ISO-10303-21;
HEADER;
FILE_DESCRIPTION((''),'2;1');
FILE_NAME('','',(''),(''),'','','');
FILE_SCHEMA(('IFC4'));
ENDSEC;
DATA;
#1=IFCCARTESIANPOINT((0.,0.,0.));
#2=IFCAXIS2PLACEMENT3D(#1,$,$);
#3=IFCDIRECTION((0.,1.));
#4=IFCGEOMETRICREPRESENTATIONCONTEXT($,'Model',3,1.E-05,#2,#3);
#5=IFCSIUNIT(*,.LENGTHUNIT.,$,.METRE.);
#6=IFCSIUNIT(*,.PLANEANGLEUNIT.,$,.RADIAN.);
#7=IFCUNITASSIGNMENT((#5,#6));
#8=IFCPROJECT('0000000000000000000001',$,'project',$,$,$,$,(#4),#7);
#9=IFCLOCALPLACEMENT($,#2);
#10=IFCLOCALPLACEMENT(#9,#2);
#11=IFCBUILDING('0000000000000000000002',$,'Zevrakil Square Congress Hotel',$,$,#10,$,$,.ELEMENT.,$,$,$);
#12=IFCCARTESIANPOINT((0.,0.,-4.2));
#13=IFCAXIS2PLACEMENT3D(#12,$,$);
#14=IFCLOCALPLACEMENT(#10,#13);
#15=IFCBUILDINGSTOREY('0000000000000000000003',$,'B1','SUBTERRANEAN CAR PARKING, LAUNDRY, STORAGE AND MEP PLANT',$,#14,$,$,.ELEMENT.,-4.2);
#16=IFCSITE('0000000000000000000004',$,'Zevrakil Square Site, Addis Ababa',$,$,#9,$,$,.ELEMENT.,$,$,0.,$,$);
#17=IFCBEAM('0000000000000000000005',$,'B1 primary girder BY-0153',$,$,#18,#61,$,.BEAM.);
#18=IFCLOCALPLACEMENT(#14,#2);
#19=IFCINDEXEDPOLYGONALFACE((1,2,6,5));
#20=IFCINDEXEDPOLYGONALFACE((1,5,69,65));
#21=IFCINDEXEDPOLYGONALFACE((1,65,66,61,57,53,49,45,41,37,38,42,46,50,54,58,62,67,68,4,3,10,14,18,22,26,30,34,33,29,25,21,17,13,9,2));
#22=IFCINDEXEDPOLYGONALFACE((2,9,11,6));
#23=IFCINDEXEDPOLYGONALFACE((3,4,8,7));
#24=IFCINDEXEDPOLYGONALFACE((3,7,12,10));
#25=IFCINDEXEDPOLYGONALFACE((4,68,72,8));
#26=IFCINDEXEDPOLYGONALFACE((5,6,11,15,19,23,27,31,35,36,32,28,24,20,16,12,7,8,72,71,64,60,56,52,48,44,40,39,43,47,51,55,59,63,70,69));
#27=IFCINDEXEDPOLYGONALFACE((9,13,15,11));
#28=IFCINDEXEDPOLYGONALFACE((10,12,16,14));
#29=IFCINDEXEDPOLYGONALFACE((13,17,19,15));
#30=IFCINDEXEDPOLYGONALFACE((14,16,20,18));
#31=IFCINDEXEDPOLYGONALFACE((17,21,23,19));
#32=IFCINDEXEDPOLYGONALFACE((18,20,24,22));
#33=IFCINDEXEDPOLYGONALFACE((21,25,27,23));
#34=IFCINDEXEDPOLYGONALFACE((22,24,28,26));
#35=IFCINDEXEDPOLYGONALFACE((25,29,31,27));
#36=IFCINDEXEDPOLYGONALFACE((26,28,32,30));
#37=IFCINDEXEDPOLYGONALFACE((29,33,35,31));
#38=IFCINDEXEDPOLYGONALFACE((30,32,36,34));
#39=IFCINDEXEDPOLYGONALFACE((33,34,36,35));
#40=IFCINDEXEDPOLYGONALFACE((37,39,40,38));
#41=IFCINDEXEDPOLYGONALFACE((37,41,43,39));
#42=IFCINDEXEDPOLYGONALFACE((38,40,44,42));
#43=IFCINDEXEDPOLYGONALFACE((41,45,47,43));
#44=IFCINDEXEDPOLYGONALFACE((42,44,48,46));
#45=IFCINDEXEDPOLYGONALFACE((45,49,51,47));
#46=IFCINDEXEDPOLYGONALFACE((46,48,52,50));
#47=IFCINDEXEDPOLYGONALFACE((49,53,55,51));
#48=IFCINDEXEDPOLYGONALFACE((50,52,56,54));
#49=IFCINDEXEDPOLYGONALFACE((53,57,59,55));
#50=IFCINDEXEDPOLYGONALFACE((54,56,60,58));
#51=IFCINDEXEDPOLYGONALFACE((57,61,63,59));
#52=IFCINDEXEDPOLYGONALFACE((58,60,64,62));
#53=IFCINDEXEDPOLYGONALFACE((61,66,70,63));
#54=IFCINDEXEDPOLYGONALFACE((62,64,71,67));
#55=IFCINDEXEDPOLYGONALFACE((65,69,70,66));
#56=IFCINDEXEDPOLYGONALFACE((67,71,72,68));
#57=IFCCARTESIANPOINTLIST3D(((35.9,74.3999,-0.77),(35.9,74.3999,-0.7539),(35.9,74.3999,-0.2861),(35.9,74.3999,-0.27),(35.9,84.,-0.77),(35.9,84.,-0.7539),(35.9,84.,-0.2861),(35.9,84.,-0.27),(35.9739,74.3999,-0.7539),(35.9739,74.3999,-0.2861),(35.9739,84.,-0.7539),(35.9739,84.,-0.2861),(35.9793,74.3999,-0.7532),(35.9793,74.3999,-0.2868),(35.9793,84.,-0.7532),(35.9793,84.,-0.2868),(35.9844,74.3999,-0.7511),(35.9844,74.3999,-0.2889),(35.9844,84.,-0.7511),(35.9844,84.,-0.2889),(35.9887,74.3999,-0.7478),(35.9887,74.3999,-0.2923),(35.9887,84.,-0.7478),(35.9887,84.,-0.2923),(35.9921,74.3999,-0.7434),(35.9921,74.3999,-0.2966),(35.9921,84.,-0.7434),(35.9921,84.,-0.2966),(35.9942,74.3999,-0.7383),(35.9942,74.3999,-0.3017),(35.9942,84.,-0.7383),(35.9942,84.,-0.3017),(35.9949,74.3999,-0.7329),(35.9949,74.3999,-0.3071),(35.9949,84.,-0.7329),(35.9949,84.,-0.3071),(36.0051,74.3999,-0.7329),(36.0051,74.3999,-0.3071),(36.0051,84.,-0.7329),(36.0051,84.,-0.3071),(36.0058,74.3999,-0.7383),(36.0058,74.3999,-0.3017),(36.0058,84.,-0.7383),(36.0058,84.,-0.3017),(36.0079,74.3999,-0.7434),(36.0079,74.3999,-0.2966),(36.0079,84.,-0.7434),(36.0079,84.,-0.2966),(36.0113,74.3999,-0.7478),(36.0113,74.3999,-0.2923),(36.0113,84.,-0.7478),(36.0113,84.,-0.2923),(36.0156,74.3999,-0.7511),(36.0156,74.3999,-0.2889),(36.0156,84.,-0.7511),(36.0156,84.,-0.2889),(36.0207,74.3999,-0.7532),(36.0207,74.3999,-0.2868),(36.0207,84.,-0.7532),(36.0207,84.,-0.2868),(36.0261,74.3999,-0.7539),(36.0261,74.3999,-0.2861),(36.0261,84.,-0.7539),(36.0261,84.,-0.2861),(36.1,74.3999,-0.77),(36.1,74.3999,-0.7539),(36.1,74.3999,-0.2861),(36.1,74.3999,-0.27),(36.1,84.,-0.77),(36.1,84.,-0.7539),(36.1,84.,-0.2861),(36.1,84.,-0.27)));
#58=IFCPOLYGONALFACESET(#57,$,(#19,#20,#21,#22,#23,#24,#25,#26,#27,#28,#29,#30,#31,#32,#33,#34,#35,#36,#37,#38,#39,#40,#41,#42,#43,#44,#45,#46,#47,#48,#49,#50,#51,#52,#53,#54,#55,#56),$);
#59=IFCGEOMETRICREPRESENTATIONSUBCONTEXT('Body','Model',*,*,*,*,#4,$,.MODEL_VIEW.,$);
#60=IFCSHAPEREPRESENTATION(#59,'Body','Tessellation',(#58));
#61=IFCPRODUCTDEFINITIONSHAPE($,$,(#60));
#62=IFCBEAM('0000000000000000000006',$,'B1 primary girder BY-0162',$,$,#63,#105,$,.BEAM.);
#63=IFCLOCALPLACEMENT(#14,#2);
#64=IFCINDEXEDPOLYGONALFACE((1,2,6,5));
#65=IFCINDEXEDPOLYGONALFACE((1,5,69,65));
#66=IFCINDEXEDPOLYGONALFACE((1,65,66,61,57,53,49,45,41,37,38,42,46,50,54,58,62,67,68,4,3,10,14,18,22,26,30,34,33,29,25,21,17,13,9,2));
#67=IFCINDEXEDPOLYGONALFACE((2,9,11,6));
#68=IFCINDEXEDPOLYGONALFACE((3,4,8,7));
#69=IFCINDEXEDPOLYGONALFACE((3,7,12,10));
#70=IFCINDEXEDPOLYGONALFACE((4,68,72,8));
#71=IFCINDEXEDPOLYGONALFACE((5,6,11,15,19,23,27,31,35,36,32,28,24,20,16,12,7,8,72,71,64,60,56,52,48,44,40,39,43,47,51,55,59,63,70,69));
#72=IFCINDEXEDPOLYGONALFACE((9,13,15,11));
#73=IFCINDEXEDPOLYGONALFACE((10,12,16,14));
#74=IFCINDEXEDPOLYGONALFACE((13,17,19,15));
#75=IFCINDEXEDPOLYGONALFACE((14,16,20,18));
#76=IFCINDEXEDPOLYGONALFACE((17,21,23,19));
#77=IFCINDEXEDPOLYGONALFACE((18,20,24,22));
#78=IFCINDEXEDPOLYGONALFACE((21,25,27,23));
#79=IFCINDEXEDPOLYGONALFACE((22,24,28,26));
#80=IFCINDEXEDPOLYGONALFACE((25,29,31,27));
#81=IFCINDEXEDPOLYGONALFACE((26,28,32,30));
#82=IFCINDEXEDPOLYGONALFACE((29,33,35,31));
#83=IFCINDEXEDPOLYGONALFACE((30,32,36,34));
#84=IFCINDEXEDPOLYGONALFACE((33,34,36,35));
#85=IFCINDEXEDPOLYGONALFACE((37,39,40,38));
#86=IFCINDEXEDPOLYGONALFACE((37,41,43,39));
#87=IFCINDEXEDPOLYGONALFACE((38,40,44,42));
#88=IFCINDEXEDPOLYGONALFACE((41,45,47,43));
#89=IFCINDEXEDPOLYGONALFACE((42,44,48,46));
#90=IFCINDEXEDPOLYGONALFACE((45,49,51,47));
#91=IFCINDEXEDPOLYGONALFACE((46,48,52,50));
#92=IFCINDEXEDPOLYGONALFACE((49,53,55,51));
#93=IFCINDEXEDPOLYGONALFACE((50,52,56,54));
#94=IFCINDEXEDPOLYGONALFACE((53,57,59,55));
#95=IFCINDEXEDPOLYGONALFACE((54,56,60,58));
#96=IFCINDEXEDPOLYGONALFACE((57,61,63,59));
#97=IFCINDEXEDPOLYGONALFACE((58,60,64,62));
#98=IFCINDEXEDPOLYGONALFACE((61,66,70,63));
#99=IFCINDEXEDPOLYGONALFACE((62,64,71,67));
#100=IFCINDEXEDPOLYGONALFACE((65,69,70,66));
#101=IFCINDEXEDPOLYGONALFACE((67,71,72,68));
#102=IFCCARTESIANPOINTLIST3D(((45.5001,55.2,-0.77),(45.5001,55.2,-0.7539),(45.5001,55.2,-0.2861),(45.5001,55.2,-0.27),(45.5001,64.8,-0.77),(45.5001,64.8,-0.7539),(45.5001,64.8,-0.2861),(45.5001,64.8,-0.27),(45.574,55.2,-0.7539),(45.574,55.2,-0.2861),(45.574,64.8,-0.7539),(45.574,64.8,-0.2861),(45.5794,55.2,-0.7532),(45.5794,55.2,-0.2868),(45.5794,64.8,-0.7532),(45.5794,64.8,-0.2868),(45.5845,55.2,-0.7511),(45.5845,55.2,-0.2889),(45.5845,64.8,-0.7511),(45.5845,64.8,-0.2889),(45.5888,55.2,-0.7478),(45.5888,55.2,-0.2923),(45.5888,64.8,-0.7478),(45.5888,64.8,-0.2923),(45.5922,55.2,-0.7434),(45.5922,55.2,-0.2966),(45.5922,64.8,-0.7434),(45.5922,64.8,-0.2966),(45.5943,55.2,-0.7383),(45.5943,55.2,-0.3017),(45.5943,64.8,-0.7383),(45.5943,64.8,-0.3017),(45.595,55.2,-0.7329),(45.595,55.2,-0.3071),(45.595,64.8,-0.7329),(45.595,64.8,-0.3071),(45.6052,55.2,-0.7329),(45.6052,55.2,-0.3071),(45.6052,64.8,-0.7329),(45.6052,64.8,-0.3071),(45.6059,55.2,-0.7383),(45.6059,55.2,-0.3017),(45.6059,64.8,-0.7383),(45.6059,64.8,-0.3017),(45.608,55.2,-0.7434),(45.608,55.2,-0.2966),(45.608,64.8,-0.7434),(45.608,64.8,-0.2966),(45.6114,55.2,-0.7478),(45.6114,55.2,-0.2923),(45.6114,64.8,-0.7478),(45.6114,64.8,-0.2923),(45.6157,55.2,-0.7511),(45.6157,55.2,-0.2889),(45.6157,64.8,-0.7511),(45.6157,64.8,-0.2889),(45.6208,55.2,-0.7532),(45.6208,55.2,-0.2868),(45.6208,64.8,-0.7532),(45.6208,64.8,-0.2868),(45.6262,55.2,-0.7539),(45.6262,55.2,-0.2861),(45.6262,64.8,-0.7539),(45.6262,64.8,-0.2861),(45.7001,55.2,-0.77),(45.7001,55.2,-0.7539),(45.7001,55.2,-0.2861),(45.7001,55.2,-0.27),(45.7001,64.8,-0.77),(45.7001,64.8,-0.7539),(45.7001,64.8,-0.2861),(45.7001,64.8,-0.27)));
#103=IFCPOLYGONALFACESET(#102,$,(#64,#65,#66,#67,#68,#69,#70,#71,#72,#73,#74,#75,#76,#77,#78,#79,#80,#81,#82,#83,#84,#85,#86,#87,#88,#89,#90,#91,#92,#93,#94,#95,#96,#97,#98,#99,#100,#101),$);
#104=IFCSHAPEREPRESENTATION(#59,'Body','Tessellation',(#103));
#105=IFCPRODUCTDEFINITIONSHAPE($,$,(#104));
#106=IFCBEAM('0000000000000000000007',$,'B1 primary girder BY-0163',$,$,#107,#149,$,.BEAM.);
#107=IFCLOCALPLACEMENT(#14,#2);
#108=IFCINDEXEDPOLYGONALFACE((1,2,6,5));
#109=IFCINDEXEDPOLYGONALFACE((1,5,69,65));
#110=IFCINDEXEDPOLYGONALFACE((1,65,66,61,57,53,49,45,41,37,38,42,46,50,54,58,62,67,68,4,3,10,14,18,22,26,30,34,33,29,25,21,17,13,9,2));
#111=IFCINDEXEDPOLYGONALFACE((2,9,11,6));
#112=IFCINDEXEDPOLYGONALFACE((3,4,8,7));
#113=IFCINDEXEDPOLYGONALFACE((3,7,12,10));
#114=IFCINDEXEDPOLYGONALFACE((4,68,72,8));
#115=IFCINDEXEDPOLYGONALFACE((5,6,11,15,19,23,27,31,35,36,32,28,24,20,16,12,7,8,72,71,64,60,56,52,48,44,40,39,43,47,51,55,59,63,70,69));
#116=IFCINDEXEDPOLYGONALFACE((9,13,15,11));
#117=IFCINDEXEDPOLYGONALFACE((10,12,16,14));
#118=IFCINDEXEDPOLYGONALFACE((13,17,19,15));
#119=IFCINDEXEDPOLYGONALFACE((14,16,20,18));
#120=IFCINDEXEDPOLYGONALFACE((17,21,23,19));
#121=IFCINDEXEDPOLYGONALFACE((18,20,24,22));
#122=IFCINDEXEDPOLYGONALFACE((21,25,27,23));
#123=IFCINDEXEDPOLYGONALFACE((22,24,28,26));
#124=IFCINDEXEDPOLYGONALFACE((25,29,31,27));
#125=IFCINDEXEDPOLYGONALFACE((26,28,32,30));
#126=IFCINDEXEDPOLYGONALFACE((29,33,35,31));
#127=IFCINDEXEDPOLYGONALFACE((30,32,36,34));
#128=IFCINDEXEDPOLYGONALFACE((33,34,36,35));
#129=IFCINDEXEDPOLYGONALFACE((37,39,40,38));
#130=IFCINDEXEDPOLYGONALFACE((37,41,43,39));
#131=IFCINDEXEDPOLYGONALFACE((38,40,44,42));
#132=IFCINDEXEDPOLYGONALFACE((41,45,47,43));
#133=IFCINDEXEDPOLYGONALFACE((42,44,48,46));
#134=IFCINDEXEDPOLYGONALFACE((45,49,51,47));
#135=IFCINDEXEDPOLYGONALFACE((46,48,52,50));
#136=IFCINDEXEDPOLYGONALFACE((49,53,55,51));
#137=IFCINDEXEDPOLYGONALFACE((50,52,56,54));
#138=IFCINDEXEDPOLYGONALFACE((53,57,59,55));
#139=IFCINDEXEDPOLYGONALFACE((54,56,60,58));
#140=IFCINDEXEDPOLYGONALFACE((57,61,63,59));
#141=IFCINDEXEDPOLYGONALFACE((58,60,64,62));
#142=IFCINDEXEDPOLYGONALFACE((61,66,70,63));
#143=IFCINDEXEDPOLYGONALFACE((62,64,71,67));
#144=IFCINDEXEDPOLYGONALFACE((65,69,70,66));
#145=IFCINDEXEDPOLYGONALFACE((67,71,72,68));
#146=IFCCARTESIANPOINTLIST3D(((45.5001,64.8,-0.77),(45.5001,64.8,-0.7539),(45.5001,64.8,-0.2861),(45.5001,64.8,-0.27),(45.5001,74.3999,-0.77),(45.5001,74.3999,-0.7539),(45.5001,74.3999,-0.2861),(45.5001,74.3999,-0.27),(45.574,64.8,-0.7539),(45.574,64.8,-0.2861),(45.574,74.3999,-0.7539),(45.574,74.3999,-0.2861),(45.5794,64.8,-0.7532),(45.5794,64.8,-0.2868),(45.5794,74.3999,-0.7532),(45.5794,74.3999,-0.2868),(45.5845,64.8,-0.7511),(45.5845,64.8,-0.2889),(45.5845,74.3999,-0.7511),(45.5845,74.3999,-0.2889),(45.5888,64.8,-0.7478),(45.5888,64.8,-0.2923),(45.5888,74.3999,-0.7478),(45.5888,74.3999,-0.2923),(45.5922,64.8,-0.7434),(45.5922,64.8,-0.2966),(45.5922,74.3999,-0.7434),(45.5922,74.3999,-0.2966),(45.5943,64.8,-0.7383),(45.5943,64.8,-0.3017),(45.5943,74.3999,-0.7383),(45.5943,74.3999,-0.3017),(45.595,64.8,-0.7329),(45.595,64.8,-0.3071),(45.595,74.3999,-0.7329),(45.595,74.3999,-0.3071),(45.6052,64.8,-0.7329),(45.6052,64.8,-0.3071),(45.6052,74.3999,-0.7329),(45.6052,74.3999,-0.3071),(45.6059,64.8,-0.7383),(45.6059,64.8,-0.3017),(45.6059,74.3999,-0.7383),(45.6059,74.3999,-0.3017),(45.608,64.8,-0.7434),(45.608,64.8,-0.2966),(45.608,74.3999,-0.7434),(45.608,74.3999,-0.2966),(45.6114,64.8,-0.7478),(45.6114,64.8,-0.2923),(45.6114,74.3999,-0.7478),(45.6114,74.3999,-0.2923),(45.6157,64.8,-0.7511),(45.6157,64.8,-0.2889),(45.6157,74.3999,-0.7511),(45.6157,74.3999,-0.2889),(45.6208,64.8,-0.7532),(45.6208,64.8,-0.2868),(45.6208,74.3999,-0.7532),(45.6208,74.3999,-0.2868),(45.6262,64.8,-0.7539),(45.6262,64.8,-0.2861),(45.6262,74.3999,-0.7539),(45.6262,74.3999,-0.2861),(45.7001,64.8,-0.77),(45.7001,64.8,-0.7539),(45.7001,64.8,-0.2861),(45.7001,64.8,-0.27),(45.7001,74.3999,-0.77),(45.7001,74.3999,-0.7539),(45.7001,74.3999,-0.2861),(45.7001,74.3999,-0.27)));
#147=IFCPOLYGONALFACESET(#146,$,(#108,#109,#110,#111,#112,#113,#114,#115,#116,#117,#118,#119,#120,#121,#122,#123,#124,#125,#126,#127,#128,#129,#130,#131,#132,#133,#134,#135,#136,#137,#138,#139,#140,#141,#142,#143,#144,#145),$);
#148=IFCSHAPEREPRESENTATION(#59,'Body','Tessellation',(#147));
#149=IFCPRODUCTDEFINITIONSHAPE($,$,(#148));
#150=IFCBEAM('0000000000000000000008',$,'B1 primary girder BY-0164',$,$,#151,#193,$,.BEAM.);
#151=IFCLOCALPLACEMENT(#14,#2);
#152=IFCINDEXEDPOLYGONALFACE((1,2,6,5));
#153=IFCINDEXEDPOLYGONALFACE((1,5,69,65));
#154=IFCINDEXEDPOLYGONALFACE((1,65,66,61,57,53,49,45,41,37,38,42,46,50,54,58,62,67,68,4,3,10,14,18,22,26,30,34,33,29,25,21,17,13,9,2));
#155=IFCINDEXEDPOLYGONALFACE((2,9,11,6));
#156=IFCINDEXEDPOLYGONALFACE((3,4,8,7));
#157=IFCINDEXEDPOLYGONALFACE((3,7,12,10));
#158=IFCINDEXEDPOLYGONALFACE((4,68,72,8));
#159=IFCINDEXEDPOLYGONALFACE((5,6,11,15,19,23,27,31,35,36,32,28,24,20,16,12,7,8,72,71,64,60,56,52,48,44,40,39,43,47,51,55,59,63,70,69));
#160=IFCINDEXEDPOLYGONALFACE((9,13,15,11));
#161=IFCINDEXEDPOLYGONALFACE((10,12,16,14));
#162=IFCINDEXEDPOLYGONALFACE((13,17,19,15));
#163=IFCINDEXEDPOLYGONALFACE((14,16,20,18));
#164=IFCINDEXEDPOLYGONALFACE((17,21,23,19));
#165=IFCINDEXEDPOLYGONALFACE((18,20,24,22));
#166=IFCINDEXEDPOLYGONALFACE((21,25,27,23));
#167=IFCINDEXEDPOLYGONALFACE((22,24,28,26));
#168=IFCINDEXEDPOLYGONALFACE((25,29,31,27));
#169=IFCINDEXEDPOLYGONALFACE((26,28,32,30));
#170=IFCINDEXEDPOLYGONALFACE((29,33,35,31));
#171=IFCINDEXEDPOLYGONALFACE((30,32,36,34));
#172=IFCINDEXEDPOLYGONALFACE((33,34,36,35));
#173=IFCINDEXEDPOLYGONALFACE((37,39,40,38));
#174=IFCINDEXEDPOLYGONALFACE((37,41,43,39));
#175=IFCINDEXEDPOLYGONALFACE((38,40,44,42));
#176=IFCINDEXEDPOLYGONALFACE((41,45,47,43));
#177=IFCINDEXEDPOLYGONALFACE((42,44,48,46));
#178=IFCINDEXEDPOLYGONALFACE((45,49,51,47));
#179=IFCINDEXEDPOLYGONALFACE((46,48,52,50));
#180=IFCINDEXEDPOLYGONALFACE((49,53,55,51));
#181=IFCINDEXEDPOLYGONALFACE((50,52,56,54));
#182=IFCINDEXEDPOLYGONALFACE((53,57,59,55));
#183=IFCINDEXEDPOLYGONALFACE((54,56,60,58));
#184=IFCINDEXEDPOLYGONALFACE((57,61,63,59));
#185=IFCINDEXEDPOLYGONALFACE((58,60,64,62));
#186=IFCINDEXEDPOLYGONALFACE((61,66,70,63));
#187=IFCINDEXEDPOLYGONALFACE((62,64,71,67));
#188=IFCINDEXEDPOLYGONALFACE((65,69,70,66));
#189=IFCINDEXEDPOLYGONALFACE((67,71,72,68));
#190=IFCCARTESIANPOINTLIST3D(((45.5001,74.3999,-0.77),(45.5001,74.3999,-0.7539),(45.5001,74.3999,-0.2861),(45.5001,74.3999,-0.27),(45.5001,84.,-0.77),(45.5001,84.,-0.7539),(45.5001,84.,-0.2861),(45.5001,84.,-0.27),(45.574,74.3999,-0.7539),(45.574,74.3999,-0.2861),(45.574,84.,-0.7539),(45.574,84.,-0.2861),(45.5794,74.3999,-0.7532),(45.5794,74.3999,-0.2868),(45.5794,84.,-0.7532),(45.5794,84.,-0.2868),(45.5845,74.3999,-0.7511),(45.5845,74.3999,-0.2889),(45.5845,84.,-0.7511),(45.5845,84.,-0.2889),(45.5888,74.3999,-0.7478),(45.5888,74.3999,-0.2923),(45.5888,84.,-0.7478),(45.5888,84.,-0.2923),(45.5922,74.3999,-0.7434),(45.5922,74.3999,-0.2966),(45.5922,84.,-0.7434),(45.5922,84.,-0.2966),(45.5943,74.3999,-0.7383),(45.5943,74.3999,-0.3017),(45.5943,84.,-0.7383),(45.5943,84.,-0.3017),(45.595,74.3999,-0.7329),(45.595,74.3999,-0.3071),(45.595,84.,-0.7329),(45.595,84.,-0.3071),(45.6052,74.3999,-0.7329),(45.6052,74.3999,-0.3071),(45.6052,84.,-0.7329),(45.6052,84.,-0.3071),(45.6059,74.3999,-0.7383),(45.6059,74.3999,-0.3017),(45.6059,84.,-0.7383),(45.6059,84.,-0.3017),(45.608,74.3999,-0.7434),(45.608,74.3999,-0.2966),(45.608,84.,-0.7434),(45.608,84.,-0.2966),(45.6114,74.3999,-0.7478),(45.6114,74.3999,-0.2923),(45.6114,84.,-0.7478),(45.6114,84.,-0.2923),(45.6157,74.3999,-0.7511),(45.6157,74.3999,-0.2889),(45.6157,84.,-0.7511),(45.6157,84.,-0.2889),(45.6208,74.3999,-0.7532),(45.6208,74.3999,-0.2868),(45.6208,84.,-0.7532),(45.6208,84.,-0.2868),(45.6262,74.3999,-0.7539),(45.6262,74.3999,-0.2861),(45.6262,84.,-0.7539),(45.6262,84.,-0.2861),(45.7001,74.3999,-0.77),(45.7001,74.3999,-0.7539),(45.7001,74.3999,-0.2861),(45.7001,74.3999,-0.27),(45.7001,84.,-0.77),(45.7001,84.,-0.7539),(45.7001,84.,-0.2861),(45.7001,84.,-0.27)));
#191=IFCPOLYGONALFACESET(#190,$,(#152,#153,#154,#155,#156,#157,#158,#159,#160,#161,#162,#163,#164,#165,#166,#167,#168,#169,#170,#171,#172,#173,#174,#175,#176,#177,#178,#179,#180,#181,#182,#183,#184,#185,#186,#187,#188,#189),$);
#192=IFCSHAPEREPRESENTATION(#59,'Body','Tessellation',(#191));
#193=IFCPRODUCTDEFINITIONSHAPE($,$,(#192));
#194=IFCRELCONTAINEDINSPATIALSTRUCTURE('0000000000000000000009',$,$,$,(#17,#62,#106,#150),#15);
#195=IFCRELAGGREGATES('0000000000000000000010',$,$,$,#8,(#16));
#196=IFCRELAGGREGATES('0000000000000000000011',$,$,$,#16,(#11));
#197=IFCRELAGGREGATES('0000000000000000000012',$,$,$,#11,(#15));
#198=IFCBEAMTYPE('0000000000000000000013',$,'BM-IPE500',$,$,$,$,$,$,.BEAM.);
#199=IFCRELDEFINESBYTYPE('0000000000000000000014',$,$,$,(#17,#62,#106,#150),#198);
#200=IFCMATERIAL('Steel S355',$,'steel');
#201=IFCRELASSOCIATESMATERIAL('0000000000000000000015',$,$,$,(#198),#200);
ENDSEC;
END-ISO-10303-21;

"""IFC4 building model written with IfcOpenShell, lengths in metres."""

from ifc_helpers import new_model, si_unit, direction, frame, origin, origin_2d, place, context, subcontext, project, spatial, i_section, extrude, material, material_profile, profile_set, type_object, element, save


model = new_model("IFC4")

# Units and contexts
model_context = context("Model", 3, precision=1e-05, world=origin(), true_north=direction((0.0, 1.0)))
body_context = subcontext(model_context, "Body", "Model", "MODEL_VIEW")
ifc_project = project(units=[si_unit("LENGTHUNIT", "METRE"), si_unit("PLANEANGLEUNIT", "RADIAN")], contexts=[model_context])

# Site, building, storey
site_placement = place(None, origin())
site = spatial("IfcSite", under=ifc_project, at=site_placement, Name="Zevrakil Square Site, Addis Ababa", CompositionType="ELEMENT", RefElevation=0.0)
building_placement = place(site_placement, origin())
building = spatial("IfcBuilding", under=site, at=building_placement, Name="Zevrakil Square Congress Hotel", CompositionType="ELEMENT")
storey_placement = place(building_placement, frame((0.0, 0.0, -4.2)))
storey = spatial("IfcBuildingStorey", under=building, at=storey_placement, Name="B1", Description="SUBTERRANEAN CAR PARKING, LAUNDRY, STORAGE AND MEP PLANT", CompositionType="ELEMENT", Elevation=-4.2)

# Beams
ifc_material_1 = material(Name="Steel S355", Category="steel")
ifc_material_profile_1 = material_profile(ifc_material_1, i_section(OverallWidth=0.2, OverallDepth=0.5, WebThickness=0.0103, FlangeThickness=0.0161, FilletRadius=0.021, at=origin_2d()), Name="IPE 500")
ifc_profile_set_1 = profile_set([ifc_material_profile_1], Name="Steel S355")
beam_type_1 = type_object("IfcBeamType", Name="BM-IPE500", PredefinedType="BEAM", material=ifc_profile_set_1)
for number, where, z_axis, x_axis, name in (
    (1, (36.0, 74.3999, -0.52), (0.0, 1.0, 0.0), (-1.0, 0.0, 0.0), "B1 primary girder BY-0153"),
    (2, (45.6001, 55.2, -0.52), (0.0, 1.0, 0.0), (-1.0, 0.0, 0.0), "B1 primary girder BY-0162"),
):
    element("IfcBeam", number, at=place(storey_placement, frame(where, z_axis=z_axis, x_axis=x_axis)), inside=storey, type_object=beam_type_1, Name=name, PredefinedType="BEAM", context=body_context, shape_type="SweptSolid", body=[
        extrude(i_section(OverallWidth=0.2, OverallDepth=0.5, WebThickness=0.0103, FlangeThickness=0.0161, FilletRadius=0.021, at=origin_2d()), origin(), (0.0, 0.0, 1.0), 9.6001),
    ])
beam_1_placement = place(storey_placement, frame((45.6001, 64.8, -0.52), z_axis=(0.0, 1.0, 0.0), x_axis=(-1.0, 0.0, 0.0)))
element("IfcBeam", 3, at=beam_1_placement, inside=storey, type_object=beam_type_1, Name="B1 primary girder BY-0163", PredefinedType="BEAM", context=body_context, shape_type="SweptSolid", body=[
    extrude(i_section(OverallWidth=0.2, OverallDepth=0.5, WebThickness=0.0103, FlangeThickness=0.0161, FilletRadius=0.021, at=origin_2d()), origin(), (0.0, 0.0, 1.0), 9.5999),
])
beam_2_placement = place(storey_placement, frame((45.6001, 74.3999, -0.52), z_axis=(0.0, 1.0, 0.0), x_axis=(-1.0, 0.0, 0.0)))
element("IfcBeam", 4, at=beam_2_placement, inside=storey, type_object=beam_type_1, Name="B1 primary girder BY-0164", PredefinedType="BEAM", context=body_context, shape_type="SweptSolid", body=[
    extrude(i_section(OverallWidth=0.2, OverallDepth=0.5, WebThickness=0.0103, FlangeThickness=0.0161, FilletRadius=0.021, at=origin_2d()), origin(), (0.0, 0.0, 1.0), 9.6001),
])

save(model, "model.ifc")
